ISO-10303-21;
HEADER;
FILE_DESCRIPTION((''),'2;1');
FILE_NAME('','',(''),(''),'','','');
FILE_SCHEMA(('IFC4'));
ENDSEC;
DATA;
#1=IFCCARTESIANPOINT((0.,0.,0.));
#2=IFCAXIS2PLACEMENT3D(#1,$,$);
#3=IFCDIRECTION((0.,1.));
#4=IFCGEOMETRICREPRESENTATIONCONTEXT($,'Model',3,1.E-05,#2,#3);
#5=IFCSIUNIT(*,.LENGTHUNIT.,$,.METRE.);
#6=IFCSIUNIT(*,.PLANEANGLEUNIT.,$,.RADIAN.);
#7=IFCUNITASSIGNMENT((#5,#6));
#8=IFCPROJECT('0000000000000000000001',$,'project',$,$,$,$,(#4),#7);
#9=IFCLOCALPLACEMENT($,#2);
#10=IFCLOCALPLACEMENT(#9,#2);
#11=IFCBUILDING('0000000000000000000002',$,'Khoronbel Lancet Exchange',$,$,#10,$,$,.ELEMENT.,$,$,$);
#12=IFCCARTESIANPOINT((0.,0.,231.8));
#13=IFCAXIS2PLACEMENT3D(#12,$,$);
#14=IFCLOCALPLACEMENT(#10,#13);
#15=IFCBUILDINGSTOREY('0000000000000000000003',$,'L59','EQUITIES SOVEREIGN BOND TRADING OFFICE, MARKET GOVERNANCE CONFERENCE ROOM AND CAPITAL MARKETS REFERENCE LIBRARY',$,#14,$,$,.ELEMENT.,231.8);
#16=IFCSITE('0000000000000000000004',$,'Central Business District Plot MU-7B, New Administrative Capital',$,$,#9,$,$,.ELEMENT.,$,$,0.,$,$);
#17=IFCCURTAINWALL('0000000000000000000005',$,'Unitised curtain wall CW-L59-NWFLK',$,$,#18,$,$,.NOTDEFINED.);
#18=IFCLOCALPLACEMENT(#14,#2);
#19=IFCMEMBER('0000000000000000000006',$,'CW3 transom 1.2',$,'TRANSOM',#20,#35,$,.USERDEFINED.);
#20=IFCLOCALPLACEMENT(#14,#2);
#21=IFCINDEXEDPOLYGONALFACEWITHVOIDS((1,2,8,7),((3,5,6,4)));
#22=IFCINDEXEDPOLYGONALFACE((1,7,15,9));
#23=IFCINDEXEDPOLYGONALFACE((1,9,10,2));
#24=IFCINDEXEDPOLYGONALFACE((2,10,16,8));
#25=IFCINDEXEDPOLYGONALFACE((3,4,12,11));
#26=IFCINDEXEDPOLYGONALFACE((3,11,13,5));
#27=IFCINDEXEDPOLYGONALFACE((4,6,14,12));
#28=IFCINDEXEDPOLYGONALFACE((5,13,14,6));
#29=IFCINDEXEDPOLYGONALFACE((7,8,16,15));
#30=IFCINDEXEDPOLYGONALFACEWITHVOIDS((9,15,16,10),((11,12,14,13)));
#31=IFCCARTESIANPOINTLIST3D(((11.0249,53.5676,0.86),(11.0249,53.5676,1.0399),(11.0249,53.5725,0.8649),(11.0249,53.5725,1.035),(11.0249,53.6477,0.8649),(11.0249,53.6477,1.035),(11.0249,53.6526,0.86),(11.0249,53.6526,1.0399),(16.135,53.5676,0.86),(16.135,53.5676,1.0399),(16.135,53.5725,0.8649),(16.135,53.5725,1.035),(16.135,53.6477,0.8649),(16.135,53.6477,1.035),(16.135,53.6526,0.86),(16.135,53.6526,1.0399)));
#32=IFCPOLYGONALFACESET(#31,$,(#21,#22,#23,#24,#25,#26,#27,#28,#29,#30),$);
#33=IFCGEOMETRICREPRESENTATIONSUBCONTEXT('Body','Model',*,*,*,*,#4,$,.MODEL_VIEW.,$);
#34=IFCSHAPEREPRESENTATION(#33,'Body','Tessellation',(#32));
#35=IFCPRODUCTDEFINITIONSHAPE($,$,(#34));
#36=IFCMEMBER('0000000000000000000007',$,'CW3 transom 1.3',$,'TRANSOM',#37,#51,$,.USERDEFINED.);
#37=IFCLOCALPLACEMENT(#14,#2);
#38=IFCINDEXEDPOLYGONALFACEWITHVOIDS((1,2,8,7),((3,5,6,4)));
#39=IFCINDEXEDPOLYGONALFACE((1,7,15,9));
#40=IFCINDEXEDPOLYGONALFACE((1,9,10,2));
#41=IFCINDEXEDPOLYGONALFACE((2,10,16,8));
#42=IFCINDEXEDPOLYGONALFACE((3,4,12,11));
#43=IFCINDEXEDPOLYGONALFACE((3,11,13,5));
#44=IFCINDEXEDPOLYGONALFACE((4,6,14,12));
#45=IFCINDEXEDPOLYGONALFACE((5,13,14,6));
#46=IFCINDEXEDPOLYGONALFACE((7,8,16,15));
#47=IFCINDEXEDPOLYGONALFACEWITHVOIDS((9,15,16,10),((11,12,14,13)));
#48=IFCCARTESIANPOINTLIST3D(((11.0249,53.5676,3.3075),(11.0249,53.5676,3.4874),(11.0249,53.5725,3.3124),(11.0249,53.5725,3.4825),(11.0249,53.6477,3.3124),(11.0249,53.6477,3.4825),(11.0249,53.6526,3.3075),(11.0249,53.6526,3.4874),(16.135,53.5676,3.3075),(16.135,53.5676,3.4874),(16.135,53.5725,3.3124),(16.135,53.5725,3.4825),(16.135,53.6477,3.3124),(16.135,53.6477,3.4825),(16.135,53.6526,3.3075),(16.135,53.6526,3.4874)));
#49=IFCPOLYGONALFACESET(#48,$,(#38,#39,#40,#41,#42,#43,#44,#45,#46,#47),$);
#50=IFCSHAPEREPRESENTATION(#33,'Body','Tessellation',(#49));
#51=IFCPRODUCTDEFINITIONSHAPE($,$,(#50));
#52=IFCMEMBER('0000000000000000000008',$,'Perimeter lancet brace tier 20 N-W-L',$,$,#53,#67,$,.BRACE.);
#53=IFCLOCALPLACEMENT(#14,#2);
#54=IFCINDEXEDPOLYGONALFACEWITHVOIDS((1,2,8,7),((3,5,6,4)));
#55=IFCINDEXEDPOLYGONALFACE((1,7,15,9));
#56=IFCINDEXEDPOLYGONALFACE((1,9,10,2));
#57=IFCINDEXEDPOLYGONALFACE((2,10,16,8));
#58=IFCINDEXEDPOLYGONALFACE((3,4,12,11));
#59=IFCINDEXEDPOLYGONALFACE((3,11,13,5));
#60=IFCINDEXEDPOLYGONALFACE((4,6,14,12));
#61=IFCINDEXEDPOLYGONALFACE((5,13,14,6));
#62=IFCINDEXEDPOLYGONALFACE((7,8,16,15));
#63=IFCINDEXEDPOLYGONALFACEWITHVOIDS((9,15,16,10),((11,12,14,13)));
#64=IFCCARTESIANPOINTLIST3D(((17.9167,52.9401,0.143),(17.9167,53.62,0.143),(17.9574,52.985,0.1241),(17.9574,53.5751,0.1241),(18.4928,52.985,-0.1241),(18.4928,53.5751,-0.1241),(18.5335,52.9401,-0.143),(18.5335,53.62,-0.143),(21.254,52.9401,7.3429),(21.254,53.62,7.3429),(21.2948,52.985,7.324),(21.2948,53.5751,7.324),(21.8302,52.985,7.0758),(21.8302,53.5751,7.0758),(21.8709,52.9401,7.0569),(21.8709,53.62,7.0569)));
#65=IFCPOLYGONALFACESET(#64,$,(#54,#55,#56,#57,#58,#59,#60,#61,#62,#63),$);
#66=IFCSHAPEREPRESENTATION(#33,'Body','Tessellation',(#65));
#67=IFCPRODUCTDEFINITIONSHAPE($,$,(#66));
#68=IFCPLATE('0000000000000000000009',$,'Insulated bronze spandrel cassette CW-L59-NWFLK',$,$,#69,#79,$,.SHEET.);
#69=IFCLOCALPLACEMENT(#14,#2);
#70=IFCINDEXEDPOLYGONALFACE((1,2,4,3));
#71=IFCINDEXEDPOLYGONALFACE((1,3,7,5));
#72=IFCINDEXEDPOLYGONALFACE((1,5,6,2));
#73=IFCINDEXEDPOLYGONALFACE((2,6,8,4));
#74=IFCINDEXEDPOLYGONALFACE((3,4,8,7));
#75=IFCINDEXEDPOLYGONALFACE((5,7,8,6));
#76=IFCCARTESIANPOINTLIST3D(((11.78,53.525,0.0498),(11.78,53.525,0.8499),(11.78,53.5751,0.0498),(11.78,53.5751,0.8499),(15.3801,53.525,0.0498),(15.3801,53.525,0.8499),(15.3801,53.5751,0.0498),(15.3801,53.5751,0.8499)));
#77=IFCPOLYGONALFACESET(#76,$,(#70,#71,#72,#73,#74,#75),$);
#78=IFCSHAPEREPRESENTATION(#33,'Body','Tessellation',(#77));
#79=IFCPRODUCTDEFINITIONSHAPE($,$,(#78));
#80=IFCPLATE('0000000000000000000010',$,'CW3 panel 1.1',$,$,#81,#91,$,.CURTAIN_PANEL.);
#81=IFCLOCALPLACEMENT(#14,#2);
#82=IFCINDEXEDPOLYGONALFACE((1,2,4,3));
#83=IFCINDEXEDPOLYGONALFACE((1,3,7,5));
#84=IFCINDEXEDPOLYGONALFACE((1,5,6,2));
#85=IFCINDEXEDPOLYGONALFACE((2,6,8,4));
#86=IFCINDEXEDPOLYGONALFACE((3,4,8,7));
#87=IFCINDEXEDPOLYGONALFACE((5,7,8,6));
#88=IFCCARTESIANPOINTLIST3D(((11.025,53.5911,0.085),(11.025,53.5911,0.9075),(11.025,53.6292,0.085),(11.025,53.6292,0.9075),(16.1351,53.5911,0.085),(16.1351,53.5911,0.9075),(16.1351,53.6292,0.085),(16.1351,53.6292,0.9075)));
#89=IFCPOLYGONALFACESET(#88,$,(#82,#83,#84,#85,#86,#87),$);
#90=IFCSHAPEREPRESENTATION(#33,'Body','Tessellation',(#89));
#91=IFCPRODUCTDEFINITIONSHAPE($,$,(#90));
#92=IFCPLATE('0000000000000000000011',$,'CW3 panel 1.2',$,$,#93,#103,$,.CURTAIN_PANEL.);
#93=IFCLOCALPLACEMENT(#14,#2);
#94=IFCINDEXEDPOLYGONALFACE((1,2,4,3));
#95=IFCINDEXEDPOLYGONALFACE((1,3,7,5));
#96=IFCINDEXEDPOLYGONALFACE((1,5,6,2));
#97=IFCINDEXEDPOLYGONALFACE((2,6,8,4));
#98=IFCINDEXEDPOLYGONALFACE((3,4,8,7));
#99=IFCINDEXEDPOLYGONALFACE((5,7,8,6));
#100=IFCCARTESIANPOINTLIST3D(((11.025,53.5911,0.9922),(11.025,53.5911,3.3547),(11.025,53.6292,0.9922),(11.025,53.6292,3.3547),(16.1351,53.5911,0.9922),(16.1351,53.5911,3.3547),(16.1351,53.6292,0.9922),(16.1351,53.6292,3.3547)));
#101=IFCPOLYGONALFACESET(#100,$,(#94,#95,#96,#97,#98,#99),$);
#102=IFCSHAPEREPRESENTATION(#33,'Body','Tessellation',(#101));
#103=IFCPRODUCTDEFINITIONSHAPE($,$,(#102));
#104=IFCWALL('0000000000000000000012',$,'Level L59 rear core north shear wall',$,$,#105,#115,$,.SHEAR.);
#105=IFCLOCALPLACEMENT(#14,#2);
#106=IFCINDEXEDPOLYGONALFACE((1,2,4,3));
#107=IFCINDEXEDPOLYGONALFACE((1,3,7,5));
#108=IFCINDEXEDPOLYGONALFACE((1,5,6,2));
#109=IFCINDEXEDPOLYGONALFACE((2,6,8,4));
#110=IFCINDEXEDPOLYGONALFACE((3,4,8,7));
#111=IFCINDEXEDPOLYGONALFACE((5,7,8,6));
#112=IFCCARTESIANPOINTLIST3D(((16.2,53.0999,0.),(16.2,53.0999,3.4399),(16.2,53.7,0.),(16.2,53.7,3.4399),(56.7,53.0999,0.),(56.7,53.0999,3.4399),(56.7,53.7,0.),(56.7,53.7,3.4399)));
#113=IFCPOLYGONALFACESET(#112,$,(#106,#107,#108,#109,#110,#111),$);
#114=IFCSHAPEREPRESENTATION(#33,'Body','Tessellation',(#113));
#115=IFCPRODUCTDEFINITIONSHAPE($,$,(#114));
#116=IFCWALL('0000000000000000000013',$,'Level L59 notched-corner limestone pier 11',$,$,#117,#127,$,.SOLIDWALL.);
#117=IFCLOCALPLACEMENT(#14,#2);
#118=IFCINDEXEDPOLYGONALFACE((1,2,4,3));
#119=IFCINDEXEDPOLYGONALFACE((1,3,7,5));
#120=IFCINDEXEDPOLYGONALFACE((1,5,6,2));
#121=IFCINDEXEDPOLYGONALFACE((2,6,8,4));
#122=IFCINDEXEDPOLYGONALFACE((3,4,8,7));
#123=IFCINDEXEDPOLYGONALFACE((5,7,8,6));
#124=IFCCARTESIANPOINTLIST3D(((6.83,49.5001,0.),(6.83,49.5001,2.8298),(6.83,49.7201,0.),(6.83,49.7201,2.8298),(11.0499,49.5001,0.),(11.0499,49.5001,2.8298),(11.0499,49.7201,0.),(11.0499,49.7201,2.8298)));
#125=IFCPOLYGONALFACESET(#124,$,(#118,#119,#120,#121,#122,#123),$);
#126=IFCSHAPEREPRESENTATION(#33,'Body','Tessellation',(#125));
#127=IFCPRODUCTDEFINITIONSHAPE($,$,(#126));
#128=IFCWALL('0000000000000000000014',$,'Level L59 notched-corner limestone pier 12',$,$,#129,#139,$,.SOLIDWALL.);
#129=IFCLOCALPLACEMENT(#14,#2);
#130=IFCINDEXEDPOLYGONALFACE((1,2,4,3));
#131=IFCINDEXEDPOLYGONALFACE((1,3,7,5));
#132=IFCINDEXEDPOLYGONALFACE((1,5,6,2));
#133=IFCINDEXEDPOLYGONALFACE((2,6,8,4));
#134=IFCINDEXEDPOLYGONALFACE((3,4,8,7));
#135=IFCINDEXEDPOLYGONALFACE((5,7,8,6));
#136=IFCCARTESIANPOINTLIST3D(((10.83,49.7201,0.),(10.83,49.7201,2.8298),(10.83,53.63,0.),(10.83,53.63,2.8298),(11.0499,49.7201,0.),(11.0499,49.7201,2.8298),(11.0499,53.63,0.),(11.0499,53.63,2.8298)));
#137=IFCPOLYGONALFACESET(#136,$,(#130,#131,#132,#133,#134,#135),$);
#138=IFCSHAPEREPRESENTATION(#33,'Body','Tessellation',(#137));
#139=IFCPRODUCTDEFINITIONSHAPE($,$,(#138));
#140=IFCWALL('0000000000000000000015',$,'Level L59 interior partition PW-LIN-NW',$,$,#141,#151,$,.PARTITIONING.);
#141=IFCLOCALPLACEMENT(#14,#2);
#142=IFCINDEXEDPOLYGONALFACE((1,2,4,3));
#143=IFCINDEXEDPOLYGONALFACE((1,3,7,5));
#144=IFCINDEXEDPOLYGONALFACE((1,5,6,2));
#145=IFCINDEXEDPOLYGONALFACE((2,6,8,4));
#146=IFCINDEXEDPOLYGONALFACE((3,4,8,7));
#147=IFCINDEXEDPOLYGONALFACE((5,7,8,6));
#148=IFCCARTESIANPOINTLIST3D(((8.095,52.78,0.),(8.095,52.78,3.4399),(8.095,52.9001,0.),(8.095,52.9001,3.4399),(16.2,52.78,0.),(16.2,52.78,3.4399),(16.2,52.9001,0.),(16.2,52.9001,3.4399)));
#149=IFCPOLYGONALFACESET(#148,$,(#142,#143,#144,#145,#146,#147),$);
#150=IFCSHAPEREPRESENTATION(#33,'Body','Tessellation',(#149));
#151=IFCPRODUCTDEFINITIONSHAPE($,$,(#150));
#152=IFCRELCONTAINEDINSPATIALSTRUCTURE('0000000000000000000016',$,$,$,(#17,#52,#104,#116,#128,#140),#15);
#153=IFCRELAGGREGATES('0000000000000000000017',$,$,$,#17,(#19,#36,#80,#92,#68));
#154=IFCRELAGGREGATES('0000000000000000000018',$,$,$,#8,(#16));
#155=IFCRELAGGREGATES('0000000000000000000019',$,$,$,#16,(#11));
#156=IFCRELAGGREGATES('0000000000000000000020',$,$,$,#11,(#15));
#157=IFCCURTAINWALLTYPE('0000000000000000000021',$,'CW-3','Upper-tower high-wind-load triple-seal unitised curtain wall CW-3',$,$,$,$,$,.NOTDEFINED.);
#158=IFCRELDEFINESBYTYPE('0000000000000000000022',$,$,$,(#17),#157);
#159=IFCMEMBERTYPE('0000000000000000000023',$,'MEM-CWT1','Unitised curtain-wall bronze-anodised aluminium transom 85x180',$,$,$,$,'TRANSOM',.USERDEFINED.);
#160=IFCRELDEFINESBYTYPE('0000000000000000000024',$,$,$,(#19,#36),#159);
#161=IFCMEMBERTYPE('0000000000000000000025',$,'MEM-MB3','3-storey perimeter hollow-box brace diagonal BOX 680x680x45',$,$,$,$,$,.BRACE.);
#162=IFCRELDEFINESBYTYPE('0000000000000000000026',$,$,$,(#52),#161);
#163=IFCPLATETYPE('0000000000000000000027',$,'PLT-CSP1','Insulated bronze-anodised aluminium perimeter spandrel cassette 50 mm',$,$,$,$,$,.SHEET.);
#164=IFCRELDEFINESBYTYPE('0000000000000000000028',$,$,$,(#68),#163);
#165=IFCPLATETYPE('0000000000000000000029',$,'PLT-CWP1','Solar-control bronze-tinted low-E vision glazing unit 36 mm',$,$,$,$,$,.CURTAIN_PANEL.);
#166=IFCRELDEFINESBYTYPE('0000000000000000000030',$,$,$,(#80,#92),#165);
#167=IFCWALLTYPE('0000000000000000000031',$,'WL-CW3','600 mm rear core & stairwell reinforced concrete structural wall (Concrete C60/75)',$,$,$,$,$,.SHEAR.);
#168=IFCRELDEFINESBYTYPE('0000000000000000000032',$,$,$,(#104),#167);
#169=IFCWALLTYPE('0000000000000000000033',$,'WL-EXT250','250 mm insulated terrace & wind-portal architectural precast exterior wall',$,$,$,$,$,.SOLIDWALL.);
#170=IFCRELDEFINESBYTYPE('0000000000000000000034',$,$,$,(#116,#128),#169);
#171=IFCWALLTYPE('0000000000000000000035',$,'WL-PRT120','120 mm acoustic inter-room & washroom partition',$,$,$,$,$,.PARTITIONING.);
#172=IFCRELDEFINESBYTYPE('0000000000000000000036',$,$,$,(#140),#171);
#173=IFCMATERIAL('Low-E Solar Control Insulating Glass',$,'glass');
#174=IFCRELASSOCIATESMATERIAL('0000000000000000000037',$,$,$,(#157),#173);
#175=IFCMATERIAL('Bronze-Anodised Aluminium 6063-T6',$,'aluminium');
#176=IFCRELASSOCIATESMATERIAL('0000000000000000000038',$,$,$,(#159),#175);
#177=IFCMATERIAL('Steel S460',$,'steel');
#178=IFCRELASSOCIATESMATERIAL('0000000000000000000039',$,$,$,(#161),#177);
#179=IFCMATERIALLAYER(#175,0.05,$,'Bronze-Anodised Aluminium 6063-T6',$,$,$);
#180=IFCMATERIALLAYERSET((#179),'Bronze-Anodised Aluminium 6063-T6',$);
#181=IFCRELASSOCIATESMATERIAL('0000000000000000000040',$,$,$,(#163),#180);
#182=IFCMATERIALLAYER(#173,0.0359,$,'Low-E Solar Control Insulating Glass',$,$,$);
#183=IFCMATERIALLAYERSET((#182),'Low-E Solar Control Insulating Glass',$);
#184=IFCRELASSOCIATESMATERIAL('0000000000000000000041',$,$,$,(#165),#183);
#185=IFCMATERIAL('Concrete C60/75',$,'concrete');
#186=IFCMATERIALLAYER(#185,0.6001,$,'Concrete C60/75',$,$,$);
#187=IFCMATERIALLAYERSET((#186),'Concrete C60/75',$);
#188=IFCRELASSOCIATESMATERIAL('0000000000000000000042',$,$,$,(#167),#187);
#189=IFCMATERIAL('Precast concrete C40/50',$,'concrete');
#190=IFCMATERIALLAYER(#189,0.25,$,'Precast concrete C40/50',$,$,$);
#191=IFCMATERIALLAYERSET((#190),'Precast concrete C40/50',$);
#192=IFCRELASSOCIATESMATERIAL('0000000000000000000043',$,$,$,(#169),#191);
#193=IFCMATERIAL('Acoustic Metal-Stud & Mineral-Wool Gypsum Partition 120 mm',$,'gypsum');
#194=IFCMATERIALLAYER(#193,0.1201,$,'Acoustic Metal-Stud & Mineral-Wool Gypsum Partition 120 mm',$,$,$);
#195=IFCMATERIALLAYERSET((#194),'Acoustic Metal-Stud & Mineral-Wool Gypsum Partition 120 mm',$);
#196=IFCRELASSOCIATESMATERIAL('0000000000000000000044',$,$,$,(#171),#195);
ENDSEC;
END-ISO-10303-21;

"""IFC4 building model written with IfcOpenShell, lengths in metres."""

from ifc_helpers import new_model, si_unit, direction, frame, frame_2d, origin, origin_2d, place, context, subcontext, project, spatial, rectangle, hollow_rectangle, extrude, material, layer, layer_set, material_profile, profile_set, type_object, element, aggregate, save


model = new_model("IFC4")

# Units and contexts
model_context = context("Model", 3, precision=1e-05, world=origin(), true_north=direction((0.0, 1.0)))
body_context = subcontext(model_context, "Body", "Model", "MODEL_VIEW")
ifc_project = project(units=[si_unit("LENGTHUNIT", "METRE"), si_unit("PLANEANGLEUNIT", "RADIAN")], contexts=[model_context])

# Site, building, storey
site_placement = place(None, origin())
site = spatial("IfcSite", under=ifc_project, at=site_placement, Name="Central Business District Plot MU-7B, New Administrative Capital", CompositionType="ELEMENT", RefElevation=0.0)
building_placement = place(site_placement, origin())
building = spatial("IfcBuilding", under=site, at=building_placement, Name="Khoronbel Lancet Exchange", CompositionType="ELEMENT")
storey_placement = place(building_placement, frame((0.0, 0.0, 231.8)))
storey = spatial("IfcBuildingStorey", under=building, at=storey_placement, Name="L59", Description="EQUITIES SOVEREIGN BOND TRADING OFFICE, MARKET GOVERNANCE CONFERENCE ROOM AND CAPITAL MARKETS REFERENCE LIBRARY", CompositionType="ELEMENT", Elevation=231.8)

# Shared definitions
ifc_material_1 = material(Name="Steel S460", Category="steel")

# Curtain wall, members
ifc_material_2 = material(Name="Low-E Solar Control Insulating Glass", Category="glass")
curtain_wall_type = type_object("IfcCurtainWallType", Name="CW-3", Description="Upper-tower high-wind-load triple-seal unitised curtain wall CW-3", PredefinedType="NOTDEFINED", material=ifc_material_2)
curtain_wall_placement = place(storey_placement, origin())
curtain_wall = element("IfcCurtainWall", 1, at=curtain_wall_placement, inside=storey, type_object=curtain_wall_type, Name="Unitised curtain wall CW-L59-NWFLK", PredefinedType="NOTDEFINED")
ifc_material_3 = material(Name="Bronze-Anodised Aluminium 6063-T6", Category="aluminium")
ifc_material_profile_1 = material_profile(ifc_material_3, hollow_rectangle(XDim=0.085, YDim=0.1799, WallThickness=0.0049, at=origin_2d()), Name="ALU TRANSOM 85x180")
ifc_profile_set_1 = profile_set([ifc_material_profile_1], Name="Bronze-Anodised Aluminium 6063-T6")
member_type_1 = type_object("IfcMemberType", Name="MEM-CWT1", Description="Unitised curtain-wall bronze-anodised aluminium transom 85x180", ElementType="TRANSOM", PredefinedType="USERDEFINED", material=ifc_profile_set_1)
member_1_placement = place(storey_placement, frame((16.135, 53.6101, 0.95), z_axis=(-1.0, 0.0, 0.0), x_axis=(0.0, -1.0, 0.0)))
member_1 = element("IfcMember", 2, at=member_1_placement, type_object=member_type_1, Name="CW3 transom 1.2", ObjectType="TRANSOM", PredefinedType="USERDEFINED", context=body_context, shape_type="SweptSolid", body=[
    extrude(hollow_rectangle(XDim=0.085, YDim=0.1799, WallThickness=0.0049, at=origin_2d()), origin(), (0.0, 0.0, 1.0), 5.1101),
])
member_2_placement = place(storey_placement, frame((16.135, 53.6101, 3.3975), z_axis=(-1.0, 0.0, 0.0), x_axis=(0.0, -1.0, 0.0)))
member_2 = element("IfcMember", 3, at=member_2_placement, type_object=member_type_1, Name="CW3 transom 1.3", ObjectType="TRANSOM", PredefinedType="USERDEFINED", context=body_context, shape_type="SweptSolid", body=[
    extrude(hollow_rectangle(XDim=0.085, YDim=0.1799, WallThickness=0.0049, at=origin_2d()), origin(), (0.0, 0.0, 1.0), 5.1101),
])

# Member
ifc_material_profile_2 = material_profile(ifc_material_1, hollow_rectangle(XDim=0.6799, YDim=0.6799, WallThickness=0.0449, at=origin_2d()), Name="BOX 680x680x45")
ifc_profile_set_2 = profile_set([ifc_material_profile_2], Name="Steel S460")
member_type_2 = type_object("IfcMemberType", Name="MEM-MB3", Description="3-storey perimeter hollow-box brace diagonal BOX 680x680x45", PredefinedType="BRACE", material=ifc_profile_set_2)
member_3_placement = place(storey_placement, frame((18.2251, 53.28, 0.0), z_axis=(0.420548, 0.0, 0.90727), x_axis=(0.0, 1.0, 0.0)))
element("IfcMember", 4, at=member_3_placement, inside=storey, type_object=member_type_2, Name="Perimeter lancet brace tier 20 N-W-L", PredefinedType="BRACE", context=body_context, shape_type="SweptSolid", body=[
    extrude(hollow_rectangle(XDim=0.6799, YDim=0.6799, WallThickness=0.0449, at=origin_2d()), origin(), (0.0, 0.0, 1.0), 7.9358),
])

# Plates
ifc_layer_1 = layer(ifc_material_3, 0.05, Name="Bronze-Anodised Aluminium 6063-T6")
ifc_layer_set_1 = layer_set([ifc_layer_1], Name="Bronze-Anodised Aluminium 6063-T6")
plate_type_1 = type_object("IfcPlateType", Name="PLT-CSP1", Description="Insulated bronze-anodised aluminium perimeter spandrel cassette 50 mm", PredefinedType="SHEET", material=ifc_layer_set_1)
plate_1_placement = place(storey_placement, frame((13.5801, 53.55, 0.0498), z_axis=(0.0, 0.0, 1.0), x_axis=(-1.0, 0.0, 0.0)))
plate_1 = element("IfcPlate", 5, at=plate_1_placement, type_object=plate_type_1, Name="Insulated bronze spandrel cassette CW-L59-NWFLK", PredefinedType="SHEET", context=body_context, shape_type="SweptSolid", body=[
    extrude(rectangle(XDim=3.6001, YDim=0.05, at=origin_2d()), origin(), (0.0, 0.0, 1.0), 0.8),
])
ifc_layer_2 = layer(ifc_material_2, 0.0359, Name="Low-E Solar Control Insulating Glass")
ifc_layer_set_2 = layer_set([ifc_layer_2], Name="Low-E Solar Control Insulating Glass")
plate_type_2 = type_object("IfcPlateType", Name="PLT-CWP1", Description="Solar-control bronze-tinted low-E vision glazing unit 36 mm", PredefinedType="CURTAIN_PANEL", material=ifc_layer_set_2)
plate_2_placement = place(storey_placement, frame((13.5801, 53.6101, 0.085), z_axis=(0.0, 0.0, 1.0), x_axis=(-1.0, 0.0, 0.0)))
plate_2 = element("IfcPlate", 6, at=plate_2_placement, type_object=plate_type_2, Name="CW3 panel 1.1", PredefinedType="CURTAIN_PANEL", context=body_context, shape_type="SweptSolid", body=[
    extrude(rectangle(XDim=5.1101, YDim=0.0381, at=origin_2d()), origin(), (0.0, 0.0, 1.0), 0.8225),
])
plate_3_placement = place(storey_placement, frame((13.5801, 53.6101, 0.9922), z_axis=(0.0, 0.0, 1.0), x_axis=(-1.0, 0.0, 0.0)))
plate_3 = element("IfcPlate", 7, at=plate_3_placement, type_object=plate_type_2, Name="CW3 panel 1.2", PredefinedType="CURTAIN_PANEL", context=body_context, shape_type="SweptSolid", body=[
    extrude(rectangle(XDim=5.1101, YDim=0.0381, at=origin_2d()), origin(), (0.0, 0.0, 1.0), 2.3625),
])
aggregate(curtain_wall, [member_1, member_2, plate_2, plate_3, plate_1])

# Walls
ifc_material_4 = material(Name="Concrete C60/75", Category="concrete")
ifc_layer_3 = layer(ifc_material_4, 0.6001, Name="Concrete C60/75")
ifc_layer_set_3 = layer_set([ifc_layer_3], Name="Concrete C60/75")
wall_type_1 = type_object("IfcWallType", Name="WL-CW3", Description="600 mm rear core & stairwell reinforced concrete structural wall (Concrete C60/75)", PredefinedType="SHEAR", material=ifc_layer_set_3)
wall_1_placement = place(storey_placement, frame((16.2, 53.3999, 0.0), z_axis=(0.0, 0.0, 1.0), x_axis=(1.0, 0.0, 0.0)))
element("IfcWall", 8, at=wall_1_placement, inside=storey, type_object=wall_type_1, Name="Level L59 rear core north shear wall", PredefinedType="SHEAR", context=body_context, shape_type="SweptSolid", body=[
    extrude(rectangle(XDim=40.5, YDim=0.6001, at=frame_2d((20.25, 0.0))), origin(), (0.0, 0.0, 1.0), 3.4399),
])
ifc_material_5 = material(Name="Precast concrete C40/50", Category="concrete")
ifc_layer_4 = layer(ifc_material_5, 0.25, Name="Precast concrete C40/50")
ifc_layer_set_4 = layer_set([ifc_layer_4], Name="Precast concrete C40/50")
wall_type_2 = type_object("IfcWallType", Name="WL-EXT250", Description="250 mm insulated terrace & wind-portal architectural precast exterior wall", PredefinedType="SOLIDWALL", material=ifc_layer_set_4)
wall_2_placement = place(storey_placement, frame((6.8301, 49.6101, 0.0), z_axis=(0.0, 0.0, 1.0), x_axis=(1.0, 0.0, 0.0)))
element("IfcWall", 9, at=wall_2_placement, inside=storey, type_object=wall_type_2, Name="Level L59 notched-corner limestone pier 11", PredefinedType="SOLIDWALL", context=body_context, shape_type="SweptSolid", body=[
    extrude(rectangle(XDim=4.22, YDim=0.22, at=frame_2d((2.1099, 0.0))), origin(), (0.0, 0.0, 1.0), 2.8298),
])
wall_3_placement = place(storey_placement, frame((10.9399, 49.72, 0.0), z_axis=(0.0, 0.0, 1.0), x_axis=(0.0, 1.0, 0.0)))
element("IfcWall", 10, at=wall_3_placement, inside=storey, type_object=wall_type_2, Name="Level L59 notched-corner limestone pier 12", PredefinedType="SOLIDWALL", context=body_context, shape_type="SweptSolid", body=[
    extrude(rectangle(XDim=3.9099, YDim=0.22, at=frame_2d((1.9551, 0.0))), origin(), (0.0, 0.0, 1.0), 2.8298),
])
ifc_material_6 = material(Name="Acoustic Metal-Stud & Mineral-Wool Gypsum Partition 120 mm", Category="gypsum")
ifc_layer_5 = layer(ifc_material_6, 0.1201, Name="Acoustic Metal-Stud & Mineral-Wool Gypsum Partition 120 mm")
ifc_layer_set_5 = layer_set([ifc_layer_5], Name="Acoustic Metal-Stud & Mineral-Wool Gypsum Partition 120 mm")
wall_type_3 = type_object("IfcWallType", Name="WL-PRT120", Description="120 mm acoustic inter-room & washroom partition", PredefinedType="PARTITIONING", material=ifc_layer_set_5)
wall_4_placement = place(storey_placement, frame((8.095, 52.8401, 0.0), z_axis=(0.0, 0.0, 1.0), x_axis=(1.0, 0.0, 0.0)))
element("IfcWall", 11, at=wall_4_placement, inside=storey, type_object=wall_type_3, Name="Level L59 interior partition PW-LIN-NW", PredefinedType="PARTITIONING", context=body_context, shape_type="SweptSolid", body=[
    extrude(rectangle(XDim=8.105, YDim=0.1201, at=frame_2d((4.0525, 0.0))), origin(), (0.0, 0.0, 1.0), 3.4399),
])

save(model, "model.ifc")
